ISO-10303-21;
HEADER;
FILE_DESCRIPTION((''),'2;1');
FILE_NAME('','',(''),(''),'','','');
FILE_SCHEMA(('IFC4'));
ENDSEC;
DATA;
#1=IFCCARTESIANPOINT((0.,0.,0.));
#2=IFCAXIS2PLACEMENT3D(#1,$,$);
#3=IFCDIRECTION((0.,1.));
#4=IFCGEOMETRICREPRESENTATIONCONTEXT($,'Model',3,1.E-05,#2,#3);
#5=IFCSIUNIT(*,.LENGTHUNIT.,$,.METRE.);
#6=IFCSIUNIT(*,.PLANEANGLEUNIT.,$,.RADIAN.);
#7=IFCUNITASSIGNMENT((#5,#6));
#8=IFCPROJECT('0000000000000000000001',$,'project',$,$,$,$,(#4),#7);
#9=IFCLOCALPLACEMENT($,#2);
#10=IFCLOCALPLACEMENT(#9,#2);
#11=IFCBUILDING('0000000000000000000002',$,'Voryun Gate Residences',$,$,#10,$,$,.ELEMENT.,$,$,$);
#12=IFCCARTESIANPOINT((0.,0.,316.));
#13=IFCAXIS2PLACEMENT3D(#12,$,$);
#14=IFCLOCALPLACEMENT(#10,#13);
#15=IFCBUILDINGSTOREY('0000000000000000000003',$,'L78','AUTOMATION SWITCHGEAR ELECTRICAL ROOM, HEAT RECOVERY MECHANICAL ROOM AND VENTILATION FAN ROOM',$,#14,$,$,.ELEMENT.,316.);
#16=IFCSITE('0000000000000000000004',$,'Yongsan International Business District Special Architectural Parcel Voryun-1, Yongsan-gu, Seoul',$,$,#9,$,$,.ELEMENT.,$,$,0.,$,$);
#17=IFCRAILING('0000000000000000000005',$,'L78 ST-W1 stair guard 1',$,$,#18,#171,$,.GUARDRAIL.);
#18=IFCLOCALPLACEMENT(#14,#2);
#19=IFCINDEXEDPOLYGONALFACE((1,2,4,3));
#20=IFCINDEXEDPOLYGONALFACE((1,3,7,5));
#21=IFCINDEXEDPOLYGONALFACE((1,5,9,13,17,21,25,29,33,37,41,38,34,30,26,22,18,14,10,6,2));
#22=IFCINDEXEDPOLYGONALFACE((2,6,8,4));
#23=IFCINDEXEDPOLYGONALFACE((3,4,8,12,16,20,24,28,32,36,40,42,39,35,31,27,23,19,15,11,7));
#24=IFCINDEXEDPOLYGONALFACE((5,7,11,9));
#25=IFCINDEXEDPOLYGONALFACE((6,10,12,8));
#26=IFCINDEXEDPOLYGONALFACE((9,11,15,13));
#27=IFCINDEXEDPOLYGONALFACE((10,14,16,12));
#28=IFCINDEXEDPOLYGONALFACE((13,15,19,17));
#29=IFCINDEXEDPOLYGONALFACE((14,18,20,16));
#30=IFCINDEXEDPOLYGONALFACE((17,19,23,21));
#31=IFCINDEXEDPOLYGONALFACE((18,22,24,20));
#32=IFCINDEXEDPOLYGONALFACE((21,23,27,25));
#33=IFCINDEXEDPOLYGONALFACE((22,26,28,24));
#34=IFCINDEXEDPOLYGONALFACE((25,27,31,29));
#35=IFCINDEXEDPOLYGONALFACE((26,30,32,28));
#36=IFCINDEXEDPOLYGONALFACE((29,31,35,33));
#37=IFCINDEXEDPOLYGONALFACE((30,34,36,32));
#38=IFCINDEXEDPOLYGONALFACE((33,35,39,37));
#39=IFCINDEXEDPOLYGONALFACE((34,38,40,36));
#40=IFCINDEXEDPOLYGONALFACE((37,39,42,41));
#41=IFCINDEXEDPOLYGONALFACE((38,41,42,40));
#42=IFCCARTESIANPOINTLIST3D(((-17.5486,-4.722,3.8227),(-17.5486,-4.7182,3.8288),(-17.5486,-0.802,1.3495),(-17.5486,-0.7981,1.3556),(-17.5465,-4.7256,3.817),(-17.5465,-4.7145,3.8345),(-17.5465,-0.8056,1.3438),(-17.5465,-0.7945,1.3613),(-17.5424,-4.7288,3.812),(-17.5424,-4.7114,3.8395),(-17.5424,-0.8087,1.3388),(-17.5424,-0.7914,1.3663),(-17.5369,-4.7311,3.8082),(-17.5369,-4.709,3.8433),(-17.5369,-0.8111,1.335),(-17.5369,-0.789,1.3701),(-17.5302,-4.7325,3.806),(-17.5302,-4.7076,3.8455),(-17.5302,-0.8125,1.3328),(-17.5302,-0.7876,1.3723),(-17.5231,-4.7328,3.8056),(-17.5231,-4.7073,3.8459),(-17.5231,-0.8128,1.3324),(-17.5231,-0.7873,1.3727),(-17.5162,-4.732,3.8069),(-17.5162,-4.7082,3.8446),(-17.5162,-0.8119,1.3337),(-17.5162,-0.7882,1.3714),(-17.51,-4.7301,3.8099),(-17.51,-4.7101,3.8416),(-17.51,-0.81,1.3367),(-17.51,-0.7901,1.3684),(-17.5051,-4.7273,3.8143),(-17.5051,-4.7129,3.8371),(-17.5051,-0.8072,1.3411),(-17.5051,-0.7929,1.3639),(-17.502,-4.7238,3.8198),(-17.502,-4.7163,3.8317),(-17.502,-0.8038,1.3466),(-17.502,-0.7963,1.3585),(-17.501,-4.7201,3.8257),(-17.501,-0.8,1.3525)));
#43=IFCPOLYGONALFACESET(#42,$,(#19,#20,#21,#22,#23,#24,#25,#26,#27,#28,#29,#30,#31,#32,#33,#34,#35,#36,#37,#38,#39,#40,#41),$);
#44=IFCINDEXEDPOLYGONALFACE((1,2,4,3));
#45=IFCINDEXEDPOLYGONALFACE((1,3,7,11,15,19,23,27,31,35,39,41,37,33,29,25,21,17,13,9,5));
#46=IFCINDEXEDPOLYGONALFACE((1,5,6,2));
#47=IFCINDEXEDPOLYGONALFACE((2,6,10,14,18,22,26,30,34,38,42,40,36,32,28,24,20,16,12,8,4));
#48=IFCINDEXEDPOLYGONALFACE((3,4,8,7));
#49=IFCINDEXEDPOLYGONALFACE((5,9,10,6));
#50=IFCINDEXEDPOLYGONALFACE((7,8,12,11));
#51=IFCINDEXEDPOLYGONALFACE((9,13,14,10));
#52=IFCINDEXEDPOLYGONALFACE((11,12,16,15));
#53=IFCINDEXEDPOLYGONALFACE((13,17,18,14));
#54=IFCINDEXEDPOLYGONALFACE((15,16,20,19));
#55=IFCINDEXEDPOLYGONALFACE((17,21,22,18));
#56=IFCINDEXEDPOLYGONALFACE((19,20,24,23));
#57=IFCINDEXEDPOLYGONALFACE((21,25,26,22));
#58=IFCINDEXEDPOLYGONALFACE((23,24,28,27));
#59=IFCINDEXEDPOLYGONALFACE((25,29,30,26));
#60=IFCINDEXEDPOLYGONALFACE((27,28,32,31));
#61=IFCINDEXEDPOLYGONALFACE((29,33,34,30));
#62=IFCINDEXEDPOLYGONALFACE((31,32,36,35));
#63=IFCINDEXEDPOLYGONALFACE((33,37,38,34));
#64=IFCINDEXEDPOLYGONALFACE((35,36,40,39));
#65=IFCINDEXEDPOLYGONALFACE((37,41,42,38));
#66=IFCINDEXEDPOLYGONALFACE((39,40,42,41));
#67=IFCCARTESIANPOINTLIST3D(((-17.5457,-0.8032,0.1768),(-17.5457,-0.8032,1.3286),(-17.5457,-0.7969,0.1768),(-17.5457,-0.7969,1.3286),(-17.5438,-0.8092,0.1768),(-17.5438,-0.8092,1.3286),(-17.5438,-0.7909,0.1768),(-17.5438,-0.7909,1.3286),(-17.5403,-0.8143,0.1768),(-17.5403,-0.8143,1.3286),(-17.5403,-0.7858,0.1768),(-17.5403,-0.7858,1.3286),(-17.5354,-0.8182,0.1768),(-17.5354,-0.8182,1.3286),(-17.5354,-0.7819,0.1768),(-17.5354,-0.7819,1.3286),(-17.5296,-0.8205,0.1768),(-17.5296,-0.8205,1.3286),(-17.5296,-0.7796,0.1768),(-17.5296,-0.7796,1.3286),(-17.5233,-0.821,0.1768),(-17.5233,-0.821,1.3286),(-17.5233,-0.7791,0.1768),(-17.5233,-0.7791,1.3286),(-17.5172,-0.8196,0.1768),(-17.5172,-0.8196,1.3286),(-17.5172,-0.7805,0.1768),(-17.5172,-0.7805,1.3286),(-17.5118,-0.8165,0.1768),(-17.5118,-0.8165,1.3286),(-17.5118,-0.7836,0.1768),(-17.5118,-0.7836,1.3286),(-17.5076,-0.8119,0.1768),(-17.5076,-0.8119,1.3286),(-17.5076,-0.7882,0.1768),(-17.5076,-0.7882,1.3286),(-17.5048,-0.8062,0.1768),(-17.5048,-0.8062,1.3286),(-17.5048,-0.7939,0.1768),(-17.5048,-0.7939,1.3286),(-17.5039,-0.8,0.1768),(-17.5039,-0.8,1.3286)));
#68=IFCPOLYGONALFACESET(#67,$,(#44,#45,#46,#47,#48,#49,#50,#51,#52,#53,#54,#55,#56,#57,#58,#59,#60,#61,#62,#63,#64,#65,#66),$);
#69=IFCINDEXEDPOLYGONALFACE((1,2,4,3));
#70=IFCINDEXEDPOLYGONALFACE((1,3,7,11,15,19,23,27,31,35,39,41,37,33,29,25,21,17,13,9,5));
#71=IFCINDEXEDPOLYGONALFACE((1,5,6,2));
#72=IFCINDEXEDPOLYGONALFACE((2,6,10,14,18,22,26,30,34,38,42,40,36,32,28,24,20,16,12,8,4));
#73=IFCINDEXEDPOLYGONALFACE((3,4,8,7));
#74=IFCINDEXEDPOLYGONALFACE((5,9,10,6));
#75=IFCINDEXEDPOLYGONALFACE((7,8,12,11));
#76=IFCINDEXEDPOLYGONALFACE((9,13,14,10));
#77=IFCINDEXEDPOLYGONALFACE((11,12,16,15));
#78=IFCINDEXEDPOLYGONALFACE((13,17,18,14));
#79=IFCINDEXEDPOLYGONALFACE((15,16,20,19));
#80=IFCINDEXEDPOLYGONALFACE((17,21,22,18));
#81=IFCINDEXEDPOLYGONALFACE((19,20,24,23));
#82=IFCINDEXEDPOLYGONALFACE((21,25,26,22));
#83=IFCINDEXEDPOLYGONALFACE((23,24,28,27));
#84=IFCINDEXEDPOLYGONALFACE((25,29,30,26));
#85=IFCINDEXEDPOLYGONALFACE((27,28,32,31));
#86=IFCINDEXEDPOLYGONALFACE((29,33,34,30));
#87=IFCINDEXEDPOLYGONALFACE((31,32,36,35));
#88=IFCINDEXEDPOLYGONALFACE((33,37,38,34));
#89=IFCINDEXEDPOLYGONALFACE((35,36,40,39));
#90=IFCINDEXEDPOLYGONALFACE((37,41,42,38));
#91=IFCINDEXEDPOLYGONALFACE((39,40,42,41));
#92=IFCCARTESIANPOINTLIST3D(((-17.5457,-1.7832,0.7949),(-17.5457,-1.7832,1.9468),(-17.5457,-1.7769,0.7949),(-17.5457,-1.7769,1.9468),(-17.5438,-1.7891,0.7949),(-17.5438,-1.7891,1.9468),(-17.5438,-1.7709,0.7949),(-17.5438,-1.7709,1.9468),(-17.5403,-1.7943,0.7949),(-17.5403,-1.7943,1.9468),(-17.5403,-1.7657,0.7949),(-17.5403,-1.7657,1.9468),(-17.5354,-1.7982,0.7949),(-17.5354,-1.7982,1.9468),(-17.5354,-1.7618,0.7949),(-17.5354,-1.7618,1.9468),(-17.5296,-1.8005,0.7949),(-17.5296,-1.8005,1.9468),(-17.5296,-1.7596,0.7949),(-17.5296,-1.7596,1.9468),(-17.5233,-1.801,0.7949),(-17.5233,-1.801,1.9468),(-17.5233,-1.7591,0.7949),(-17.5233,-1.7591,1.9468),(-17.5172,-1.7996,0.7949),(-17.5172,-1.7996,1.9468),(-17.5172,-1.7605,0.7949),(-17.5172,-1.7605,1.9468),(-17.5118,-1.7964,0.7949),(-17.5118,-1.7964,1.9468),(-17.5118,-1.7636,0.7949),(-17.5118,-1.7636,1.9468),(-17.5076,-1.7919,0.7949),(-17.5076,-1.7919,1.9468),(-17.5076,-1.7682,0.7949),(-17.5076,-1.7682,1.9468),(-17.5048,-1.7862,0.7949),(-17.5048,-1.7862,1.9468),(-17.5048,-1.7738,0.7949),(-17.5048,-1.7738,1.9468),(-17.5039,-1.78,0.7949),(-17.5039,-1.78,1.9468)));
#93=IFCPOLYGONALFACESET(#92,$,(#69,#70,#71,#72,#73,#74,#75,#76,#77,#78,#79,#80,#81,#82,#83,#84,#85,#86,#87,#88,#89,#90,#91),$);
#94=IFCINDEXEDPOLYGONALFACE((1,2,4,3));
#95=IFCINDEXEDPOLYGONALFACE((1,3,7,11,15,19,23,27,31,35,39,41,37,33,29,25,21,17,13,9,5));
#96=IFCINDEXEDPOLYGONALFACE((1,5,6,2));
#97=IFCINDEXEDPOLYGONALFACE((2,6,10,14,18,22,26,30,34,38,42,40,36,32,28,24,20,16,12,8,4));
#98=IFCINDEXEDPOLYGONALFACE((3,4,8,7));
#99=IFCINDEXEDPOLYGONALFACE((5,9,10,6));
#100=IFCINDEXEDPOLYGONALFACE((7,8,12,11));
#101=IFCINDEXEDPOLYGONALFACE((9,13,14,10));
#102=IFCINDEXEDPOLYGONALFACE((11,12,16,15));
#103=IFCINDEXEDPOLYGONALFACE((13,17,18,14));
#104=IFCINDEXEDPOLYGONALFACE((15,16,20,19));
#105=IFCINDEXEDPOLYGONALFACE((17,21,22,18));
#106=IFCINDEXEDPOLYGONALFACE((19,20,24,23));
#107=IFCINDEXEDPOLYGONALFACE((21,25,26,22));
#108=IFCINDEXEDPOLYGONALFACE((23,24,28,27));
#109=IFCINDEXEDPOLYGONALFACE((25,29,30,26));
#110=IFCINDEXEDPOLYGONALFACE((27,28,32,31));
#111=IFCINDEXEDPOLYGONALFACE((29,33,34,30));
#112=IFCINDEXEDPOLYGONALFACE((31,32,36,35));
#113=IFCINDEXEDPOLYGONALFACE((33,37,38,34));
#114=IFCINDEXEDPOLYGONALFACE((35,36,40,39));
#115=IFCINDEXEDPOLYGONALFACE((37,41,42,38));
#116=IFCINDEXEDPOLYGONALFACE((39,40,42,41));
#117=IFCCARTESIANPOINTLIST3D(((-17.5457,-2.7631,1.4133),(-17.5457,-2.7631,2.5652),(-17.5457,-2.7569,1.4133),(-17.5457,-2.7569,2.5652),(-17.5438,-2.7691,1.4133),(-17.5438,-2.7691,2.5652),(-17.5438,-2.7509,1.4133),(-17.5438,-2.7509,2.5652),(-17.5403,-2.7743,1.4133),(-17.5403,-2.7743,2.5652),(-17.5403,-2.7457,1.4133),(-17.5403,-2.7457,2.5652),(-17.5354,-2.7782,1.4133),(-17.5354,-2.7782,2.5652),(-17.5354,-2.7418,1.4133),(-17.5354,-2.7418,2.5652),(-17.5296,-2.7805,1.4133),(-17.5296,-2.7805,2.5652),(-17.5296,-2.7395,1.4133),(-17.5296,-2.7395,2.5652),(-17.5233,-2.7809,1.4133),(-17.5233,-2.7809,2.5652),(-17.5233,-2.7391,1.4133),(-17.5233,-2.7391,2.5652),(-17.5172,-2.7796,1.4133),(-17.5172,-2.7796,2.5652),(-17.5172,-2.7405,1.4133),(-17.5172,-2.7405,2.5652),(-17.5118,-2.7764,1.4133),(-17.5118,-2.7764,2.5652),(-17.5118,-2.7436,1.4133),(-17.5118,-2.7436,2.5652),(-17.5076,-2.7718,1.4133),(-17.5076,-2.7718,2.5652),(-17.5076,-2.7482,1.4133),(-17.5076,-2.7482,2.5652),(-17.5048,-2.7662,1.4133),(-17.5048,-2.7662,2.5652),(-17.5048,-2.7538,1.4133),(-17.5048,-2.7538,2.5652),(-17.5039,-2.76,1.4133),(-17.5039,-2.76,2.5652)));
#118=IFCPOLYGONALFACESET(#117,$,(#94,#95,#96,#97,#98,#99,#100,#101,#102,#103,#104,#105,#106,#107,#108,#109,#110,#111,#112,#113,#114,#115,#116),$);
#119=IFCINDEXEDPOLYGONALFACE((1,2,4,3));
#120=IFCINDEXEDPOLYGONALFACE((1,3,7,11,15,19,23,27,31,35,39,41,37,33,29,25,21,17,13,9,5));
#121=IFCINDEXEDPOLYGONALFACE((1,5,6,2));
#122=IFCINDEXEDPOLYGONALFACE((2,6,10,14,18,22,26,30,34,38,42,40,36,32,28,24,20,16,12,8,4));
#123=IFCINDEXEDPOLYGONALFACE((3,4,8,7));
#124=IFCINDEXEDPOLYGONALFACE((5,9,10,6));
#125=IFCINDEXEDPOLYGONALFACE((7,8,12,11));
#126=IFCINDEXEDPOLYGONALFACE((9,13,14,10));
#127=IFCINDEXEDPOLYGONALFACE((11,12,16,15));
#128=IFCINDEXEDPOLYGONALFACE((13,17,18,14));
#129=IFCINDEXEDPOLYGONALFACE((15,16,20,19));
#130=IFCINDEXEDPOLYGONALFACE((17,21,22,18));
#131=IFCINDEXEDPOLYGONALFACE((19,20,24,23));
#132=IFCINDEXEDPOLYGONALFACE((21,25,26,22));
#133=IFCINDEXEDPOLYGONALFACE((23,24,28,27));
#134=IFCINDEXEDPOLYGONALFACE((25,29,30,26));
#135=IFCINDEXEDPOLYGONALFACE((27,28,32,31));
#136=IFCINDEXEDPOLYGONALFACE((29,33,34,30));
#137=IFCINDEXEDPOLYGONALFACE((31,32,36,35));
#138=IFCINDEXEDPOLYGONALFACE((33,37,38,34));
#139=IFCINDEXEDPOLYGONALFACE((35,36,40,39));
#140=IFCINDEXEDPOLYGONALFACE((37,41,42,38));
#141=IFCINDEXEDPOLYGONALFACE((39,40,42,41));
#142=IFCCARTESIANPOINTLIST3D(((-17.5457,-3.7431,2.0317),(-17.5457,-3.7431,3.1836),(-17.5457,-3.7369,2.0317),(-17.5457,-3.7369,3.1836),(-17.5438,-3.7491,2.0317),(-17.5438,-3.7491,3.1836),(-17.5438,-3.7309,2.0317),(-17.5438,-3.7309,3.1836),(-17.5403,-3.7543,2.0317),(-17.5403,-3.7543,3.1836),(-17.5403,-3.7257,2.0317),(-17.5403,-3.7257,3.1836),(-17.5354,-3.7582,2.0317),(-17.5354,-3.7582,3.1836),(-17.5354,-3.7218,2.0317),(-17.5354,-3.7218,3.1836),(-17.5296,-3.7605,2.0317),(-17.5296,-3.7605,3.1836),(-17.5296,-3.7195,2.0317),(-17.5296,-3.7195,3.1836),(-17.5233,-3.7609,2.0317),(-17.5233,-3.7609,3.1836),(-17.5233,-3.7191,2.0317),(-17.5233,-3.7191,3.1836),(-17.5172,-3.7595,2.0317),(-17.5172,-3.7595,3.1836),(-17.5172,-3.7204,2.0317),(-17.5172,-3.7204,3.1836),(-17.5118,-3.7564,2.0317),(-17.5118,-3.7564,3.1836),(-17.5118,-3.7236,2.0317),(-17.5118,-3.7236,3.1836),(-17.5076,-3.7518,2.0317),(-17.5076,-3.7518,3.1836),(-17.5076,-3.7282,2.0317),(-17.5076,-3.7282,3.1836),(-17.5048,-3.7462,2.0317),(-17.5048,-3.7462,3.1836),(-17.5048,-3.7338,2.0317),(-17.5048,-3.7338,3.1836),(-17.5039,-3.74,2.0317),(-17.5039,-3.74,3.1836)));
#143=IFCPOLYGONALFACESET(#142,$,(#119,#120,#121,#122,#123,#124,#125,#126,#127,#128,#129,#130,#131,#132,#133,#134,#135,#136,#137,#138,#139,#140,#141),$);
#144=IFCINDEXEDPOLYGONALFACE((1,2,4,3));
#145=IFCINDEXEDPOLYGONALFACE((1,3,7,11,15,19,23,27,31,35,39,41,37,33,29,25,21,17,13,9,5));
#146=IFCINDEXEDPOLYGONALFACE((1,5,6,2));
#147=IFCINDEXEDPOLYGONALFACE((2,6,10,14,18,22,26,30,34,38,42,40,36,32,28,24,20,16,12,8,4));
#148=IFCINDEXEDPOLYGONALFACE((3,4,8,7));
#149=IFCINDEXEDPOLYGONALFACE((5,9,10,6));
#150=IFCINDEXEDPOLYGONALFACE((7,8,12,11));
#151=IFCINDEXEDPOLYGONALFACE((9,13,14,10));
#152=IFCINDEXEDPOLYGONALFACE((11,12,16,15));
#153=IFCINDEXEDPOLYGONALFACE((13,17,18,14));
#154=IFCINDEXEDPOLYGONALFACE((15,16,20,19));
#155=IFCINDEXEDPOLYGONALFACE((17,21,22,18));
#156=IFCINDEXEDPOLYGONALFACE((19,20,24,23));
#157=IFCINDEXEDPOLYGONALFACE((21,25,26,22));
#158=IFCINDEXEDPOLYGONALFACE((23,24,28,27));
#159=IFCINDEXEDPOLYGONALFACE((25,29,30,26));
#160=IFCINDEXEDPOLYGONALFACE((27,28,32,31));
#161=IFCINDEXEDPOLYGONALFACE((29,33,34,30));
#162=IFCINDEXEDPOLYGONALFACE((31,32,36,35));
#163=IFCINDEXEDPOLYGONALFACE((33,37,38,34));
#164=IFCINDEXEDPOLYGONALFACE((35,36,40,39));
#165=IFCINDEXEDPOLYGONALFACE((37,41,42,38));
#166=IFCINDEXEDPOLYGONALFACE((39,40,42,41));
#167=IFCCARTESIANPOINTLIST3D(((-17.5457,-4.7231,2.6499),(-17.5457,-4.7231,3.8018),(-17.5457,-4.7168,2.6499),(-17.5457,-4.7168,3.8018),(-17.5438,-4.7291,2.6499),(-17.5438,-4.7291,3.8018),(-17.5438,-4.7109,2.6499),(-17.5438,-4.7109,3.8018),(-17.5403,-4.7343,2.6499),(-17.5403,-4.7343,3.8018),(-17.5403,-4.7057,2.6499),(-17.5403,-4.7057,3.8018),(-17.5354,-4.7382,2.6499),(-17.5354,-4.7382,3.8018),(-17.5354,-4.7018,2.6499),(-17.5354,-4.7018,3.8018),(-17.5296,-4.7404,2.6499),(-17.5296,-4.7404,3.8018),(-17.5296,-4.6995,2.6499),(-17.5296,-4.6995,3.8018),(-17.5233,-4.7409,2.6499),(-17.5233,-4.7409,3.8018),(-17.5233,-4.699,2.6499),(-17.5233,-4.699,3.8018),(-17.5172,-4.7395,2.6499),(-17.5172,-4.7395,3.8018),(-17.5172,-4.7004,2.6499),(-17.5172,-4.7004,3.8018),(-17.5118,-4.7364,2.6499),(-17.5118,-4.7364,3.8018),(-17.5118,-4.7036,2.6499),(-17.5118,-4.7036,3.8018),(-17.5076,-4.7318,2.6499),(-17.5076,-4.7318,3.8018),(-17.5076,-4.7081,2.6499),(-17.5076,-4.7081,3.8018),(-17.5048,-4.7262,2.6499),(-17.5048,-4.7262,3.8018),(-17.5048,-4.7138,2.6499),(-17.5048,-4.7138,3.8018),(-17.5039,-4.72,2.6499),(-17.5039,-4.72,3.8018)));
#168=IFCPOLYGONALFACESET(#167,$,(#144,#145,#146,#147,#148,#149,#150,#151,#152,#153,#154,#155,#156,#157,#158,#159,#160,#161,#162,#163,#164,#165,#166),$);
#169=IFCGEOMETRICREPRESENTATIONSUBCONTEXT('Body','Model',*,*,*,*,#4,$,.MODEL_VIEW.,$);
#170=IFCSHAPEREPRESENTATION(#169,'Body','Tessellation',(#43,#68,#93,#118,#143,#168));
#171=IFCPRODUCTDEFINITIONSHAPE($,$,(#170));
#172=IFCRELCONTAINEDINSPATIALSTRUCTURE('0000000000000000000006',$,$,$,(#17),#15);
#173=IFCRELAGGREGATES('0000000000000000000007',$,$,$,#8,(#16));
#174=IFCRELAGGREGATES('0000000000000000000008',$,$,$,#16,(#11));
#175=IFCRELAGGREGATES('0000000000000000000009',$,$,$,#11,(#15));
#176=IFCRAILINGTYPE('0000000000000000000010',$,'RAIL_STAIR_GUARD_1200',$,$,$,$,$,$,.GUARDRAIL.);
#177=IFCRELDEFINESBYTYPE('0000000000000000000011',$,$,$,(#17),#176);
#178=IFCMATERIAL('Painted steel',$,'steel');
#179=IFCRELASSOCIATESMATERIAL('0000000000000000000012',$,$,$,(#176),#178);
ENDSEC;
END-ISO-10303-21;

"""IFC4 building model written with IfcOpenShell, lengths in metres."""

from ifc_helpers import new_model, si_unit, direction, frame, origin, origin_2d, place, context, subcontext, project, spatial, circle, extrude, material, type_object, element, save


model = new_model("IFC4")

# Units and contexts
model_context = context("Model", 3, precision=1e-05, world=origin(), true_north=direction((0.0, 1.0)))
body_context = subcontext(model_context, "Body", "Model", "MODEL_VIEW")
ifc_project = project(units=[si_unit("LENGTHUNIT", "METRE"), si_unit("PLANEANGLEUNIT", "RADIAN")], contexts=[model_context])

# Site, building, storey
site_placement = place(None, origin())
site = spatial("IfcSite", under=ifc_project, at=site_placement, Name="Yongsan International Business District Special Architectural Parcel Voryun-1, Yongsan-gu, Seoul", CompositionType="ELEMENT", RefElevation=0.0)
building_placement = place(site_placement, origin())
building = spatial("IfcBuilding", under=site, at=building_placement, Name="Voryun Gate Residences", CompositionType="ELEMENT")
storey_placement = place(building_placement, frame((0.0, 0.0, 316.0)))
storey = spatial("IfcBuildingStorey", under=building, at=storey_placement, Name="L78", Description="AUTOMATION SWITCHGEAR ELECTRICAL ROOM, HEAT RECOVERY MECHANICAL ROOM AND VENTILATION FAN ROOM", CompositionType="ELEMENT", Elevation=316.0)

# Railing
ifc_material_1 = material(Name="Painted steel", Category="steel")
railing_type_1 = type_object("IfcRailingType", Name="RAIL_STAIR_GUARD_1200", PredefinedType="GUARDRAIL", material=ifc_material_1)
railing_1_placement = place(storey_placement, frame((-17.5249, -0.8, 0.1768)))
element("IfcRailing", 1, at=railing_1_placement, inside=storey, type_object=railing_type_1, Name="L78 ST-W1 stair guard 1", PredefinedType="GUARDRAIL", context=body_context, shape_type="SweptSolid", body=[
    extrude(circle(Radius=0.0239, at=origin_2d()), frame((0.0, 0.0, 1.1758), z_axis=(0.0, -0.845742, 0.533593), x_axis=(1.0, 0.0, 0.0)), (0.0, 0.0, 1.0), 4.635),
    extrude(circle(Radius=0.021, at=origin_2d()), origin(), (0.0, 0.0, 1.0), 1.1519),
    extrude(circle(Radius=0.021, at=origin_2d()), frame((0.0, -0.98, 0.6182)), (0.0, 0.0, 1.0), 1.1519),
    extrude(circle(Radius=0.021, at=origin_2d()), frame((0.0, -1.96, 1.2366)), (0.0, 0.0, 1.0), 1.1519),
    extrude(circle(Radius=0.021, at=origin_2d()), frame((0.0, -2.9399, 1.855)), (0.0, 0.0, 1.0), 1.1519),
    extrude(circle(Radius=0.021, at=origin_2d()), frame((0.0, -3.9199, 2.4731)), (0.0, 0.0, 1.0), 1.1519),
])

save(model, "model.ifc")
